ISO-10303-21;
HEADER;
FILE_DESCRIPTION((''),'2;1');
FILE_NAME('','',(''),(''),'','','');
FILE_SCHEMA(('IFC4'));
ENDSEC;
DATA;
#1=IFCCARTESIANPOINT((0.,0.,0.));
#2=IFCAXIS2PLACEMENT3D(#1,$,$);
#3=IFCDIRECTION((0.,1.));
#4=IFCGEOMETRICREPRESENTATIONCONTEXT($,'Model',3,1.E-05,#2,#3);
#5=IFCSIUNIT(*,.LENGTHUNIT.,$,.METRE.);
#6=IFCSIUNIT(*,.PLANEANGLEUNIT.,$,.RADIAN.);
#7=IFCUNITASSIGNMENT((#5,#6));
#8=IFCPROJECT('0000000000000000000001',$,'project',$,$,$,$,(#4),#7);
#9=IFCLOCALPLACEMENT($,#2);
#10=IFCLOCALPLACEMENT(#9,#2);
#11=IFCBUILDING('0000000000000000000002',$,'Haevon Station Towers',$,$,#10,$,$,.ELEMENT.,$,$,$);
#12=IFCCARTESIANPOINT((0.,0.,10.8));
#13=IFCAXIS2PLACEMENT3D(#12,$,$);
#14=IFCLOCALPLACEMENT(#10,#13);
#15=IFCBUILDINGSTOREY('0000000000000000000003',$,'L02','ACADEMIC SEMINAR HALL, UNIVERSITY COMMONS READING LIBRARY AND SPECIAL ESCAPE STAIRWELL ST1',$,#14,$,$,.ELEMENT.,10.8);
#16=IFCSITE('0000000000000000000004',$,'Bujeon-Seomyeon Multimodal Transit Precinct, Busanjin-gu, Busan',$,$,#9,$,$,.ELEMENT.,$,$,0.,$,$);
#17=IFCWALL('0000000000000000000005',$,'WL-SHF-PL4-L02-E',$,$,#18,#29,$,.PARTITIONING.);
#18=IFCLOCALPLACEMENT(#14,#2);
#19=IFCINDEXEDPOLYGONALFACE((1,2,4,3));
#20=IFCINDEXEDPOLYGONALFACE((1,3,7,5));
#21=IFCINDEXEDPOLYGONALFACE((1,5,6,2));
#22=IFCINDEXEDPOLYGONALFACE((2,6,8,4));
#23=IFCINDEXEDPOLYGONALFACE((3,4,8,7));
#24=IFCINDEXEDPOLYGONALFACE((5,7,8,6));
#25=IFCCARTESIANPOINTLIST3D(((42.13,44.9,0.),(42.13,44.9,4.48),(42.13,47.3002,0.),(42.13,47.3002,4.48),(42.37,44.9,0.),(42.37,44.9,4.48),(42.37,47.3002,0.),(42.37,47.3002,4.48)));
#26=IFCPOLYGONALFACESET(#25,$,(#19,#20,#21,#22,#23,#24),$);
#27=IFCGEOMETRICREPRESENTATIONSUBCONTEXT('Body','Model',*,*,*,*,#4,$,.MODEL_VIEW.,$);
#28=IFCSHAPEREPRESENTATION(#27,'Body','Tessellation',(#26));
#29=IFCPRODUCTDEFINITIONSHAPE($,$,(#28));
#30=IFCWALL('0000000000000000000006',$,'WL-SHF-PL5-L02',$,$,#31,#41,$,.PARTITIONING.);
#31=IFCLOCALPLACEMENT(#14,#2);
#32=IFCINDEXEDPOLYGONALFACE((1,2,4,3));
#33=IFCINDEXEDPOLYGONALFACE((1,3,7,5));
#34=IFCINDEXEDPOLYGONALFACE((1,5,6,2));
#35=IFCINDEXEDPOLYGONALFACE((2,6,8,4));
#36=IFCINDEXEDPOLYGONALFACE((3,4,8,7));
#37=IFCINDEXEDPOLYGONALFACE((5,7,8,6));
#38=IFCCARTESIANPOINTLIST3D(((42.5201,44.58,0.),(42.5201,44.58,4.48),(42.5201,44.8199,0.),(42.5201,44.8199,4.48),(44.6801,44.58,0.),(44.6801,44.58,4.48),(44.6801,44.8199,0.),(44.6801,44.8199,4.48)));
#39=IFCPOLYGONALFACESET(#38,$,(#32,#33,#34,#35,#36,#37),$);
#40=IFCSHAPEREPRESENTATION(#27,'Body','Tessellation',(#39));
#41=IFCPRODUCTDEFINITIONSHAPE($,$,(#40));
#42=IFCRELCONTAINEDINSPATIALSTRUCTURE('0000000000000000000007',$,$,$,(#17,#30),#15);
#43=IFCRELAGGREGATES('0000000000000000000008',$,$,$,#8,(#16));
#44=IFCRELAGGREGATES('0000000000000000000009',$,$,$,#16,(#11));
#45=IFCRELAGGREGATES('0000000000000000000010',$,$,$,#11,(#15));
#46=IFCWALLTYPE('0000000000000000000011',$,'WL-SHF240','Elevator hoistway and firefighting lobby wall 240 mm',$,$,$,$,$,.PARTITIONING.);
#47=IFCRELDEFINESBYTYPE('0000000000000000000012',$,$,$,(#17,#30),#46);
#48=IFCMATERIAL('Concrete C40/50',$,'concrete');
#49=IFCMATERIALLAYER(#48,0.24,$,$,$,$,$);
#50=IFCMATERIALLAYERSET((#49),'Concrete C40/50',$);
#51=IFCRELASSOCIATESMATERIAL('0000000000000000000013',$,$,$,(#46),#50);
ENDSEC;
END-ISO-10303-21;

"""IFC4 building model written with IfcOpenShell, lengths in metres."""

from ifc_helpers import new_model, si_unit, direction, frame, frame_2d, origin, place, context, subcontext, project, spatial, rectangle, extrude, material, layer, layer_set, type_object, element, save


model = new_model("IFC4")

# Units and contexts
model_context = context("Model", 3, precision=1e-05, world=origin(), true_north=direction((0.0, 1.0)))
body_context = subcontext(model_context, "Body", "Model", "MODEL_VIEW")
ifc_project = project(units=[si_unit("LENGTHUNIT", "METRE"), si_unit("PLANEANGLEUNIT", "RADIAN")], contexts=[model_context])

# Site, building, storey
site_placement = place(None, origin())
site = spatial("IfcSite", under=ifc_project, at=site_placement, Name="Bujeon-Seomyeon Multimodal Transit Precinct, Busanjin-gu, Busan", CompositionType="ELEMENT", RefElevation=0.0)
building_placement = place(site_placement, origin())
building = spatial("IfcBuilding", under=site, at=building_placement, Name="Haevon Station Towers", CompositionType="ELEMENT")
storey_placement = place(building_placement, frame((0.0, 0.0, 10.8)))
storey = spatial("IfcBuildingStorey", under=building, at=storey_placement, Name="L02", Description="ACADEMIC SEMINAR HALL, UNIVERSITY COMMONS READING LIBRARY AND SPECIAL ESCAPE STAIRWELL ST1", CompositionType="ELEMENT", Elevation=10.8)

# Shared definitions
ifc_material_1 = material(Name="Concrete C40/50", Category="concrete")
ifc_layer_1 = layer(ifc_material_1, 0.24)
ifc_layer_set_1 = layer_set([ifc_layer_1], Name="Concrete C40/50")
wall_type_1 = type_object("IfcWallType", Name="WL-SHF240", Description="Elevator hoistway and firefighting lobby wall 240 mm", PredefinedType="PARTITIONING", material=ifc_layer_set_1)

# Walls
wall_1_placement = place(storey_placement, frame((42.25, 44.8999, 0.0), z_axis=(0.0, 0.0, 1.0), x_axis=(0.0, 1.0, 0.0)))
element("IfcWall", 1, at=wall_1_placement, inside=storey, type_object=wall_type_1, Name="WL-SHF-PL4-L02-E", PredefinedType="PARTITIONING", context=body_context, shape_type="SweptSolid", body=[
    extrude(rectangle(XDim=2.4001, YDim=0.24, at=frame_2d((1.2002, 0.0))), origin(), (0.0, 0.0, 1.0), 4.48),
])
wall_2_placement = place(storey_placement, frame((42.52, 44.7, 0.0), z_axis=(0.0, 0.0, 1.0), x_axis=(1.0, 0.0, 0.0)))
element("IfcWall", 2, at=wall_2_placement, inside=storey, type_object=wall_type_1, Name="WL-SHF-PL5-L02", PredefinedType="PARTITIONING", context=body_context, shape_type="SweptSolid", body=[
    extrude(rectangle(XDim=2.1599, YDim=0.24, at=frame_2d((1.0801, 0.0))), origin(), (0.0, 0.0, 1.0), 4.48),
])

save(model, "model.ifc")
